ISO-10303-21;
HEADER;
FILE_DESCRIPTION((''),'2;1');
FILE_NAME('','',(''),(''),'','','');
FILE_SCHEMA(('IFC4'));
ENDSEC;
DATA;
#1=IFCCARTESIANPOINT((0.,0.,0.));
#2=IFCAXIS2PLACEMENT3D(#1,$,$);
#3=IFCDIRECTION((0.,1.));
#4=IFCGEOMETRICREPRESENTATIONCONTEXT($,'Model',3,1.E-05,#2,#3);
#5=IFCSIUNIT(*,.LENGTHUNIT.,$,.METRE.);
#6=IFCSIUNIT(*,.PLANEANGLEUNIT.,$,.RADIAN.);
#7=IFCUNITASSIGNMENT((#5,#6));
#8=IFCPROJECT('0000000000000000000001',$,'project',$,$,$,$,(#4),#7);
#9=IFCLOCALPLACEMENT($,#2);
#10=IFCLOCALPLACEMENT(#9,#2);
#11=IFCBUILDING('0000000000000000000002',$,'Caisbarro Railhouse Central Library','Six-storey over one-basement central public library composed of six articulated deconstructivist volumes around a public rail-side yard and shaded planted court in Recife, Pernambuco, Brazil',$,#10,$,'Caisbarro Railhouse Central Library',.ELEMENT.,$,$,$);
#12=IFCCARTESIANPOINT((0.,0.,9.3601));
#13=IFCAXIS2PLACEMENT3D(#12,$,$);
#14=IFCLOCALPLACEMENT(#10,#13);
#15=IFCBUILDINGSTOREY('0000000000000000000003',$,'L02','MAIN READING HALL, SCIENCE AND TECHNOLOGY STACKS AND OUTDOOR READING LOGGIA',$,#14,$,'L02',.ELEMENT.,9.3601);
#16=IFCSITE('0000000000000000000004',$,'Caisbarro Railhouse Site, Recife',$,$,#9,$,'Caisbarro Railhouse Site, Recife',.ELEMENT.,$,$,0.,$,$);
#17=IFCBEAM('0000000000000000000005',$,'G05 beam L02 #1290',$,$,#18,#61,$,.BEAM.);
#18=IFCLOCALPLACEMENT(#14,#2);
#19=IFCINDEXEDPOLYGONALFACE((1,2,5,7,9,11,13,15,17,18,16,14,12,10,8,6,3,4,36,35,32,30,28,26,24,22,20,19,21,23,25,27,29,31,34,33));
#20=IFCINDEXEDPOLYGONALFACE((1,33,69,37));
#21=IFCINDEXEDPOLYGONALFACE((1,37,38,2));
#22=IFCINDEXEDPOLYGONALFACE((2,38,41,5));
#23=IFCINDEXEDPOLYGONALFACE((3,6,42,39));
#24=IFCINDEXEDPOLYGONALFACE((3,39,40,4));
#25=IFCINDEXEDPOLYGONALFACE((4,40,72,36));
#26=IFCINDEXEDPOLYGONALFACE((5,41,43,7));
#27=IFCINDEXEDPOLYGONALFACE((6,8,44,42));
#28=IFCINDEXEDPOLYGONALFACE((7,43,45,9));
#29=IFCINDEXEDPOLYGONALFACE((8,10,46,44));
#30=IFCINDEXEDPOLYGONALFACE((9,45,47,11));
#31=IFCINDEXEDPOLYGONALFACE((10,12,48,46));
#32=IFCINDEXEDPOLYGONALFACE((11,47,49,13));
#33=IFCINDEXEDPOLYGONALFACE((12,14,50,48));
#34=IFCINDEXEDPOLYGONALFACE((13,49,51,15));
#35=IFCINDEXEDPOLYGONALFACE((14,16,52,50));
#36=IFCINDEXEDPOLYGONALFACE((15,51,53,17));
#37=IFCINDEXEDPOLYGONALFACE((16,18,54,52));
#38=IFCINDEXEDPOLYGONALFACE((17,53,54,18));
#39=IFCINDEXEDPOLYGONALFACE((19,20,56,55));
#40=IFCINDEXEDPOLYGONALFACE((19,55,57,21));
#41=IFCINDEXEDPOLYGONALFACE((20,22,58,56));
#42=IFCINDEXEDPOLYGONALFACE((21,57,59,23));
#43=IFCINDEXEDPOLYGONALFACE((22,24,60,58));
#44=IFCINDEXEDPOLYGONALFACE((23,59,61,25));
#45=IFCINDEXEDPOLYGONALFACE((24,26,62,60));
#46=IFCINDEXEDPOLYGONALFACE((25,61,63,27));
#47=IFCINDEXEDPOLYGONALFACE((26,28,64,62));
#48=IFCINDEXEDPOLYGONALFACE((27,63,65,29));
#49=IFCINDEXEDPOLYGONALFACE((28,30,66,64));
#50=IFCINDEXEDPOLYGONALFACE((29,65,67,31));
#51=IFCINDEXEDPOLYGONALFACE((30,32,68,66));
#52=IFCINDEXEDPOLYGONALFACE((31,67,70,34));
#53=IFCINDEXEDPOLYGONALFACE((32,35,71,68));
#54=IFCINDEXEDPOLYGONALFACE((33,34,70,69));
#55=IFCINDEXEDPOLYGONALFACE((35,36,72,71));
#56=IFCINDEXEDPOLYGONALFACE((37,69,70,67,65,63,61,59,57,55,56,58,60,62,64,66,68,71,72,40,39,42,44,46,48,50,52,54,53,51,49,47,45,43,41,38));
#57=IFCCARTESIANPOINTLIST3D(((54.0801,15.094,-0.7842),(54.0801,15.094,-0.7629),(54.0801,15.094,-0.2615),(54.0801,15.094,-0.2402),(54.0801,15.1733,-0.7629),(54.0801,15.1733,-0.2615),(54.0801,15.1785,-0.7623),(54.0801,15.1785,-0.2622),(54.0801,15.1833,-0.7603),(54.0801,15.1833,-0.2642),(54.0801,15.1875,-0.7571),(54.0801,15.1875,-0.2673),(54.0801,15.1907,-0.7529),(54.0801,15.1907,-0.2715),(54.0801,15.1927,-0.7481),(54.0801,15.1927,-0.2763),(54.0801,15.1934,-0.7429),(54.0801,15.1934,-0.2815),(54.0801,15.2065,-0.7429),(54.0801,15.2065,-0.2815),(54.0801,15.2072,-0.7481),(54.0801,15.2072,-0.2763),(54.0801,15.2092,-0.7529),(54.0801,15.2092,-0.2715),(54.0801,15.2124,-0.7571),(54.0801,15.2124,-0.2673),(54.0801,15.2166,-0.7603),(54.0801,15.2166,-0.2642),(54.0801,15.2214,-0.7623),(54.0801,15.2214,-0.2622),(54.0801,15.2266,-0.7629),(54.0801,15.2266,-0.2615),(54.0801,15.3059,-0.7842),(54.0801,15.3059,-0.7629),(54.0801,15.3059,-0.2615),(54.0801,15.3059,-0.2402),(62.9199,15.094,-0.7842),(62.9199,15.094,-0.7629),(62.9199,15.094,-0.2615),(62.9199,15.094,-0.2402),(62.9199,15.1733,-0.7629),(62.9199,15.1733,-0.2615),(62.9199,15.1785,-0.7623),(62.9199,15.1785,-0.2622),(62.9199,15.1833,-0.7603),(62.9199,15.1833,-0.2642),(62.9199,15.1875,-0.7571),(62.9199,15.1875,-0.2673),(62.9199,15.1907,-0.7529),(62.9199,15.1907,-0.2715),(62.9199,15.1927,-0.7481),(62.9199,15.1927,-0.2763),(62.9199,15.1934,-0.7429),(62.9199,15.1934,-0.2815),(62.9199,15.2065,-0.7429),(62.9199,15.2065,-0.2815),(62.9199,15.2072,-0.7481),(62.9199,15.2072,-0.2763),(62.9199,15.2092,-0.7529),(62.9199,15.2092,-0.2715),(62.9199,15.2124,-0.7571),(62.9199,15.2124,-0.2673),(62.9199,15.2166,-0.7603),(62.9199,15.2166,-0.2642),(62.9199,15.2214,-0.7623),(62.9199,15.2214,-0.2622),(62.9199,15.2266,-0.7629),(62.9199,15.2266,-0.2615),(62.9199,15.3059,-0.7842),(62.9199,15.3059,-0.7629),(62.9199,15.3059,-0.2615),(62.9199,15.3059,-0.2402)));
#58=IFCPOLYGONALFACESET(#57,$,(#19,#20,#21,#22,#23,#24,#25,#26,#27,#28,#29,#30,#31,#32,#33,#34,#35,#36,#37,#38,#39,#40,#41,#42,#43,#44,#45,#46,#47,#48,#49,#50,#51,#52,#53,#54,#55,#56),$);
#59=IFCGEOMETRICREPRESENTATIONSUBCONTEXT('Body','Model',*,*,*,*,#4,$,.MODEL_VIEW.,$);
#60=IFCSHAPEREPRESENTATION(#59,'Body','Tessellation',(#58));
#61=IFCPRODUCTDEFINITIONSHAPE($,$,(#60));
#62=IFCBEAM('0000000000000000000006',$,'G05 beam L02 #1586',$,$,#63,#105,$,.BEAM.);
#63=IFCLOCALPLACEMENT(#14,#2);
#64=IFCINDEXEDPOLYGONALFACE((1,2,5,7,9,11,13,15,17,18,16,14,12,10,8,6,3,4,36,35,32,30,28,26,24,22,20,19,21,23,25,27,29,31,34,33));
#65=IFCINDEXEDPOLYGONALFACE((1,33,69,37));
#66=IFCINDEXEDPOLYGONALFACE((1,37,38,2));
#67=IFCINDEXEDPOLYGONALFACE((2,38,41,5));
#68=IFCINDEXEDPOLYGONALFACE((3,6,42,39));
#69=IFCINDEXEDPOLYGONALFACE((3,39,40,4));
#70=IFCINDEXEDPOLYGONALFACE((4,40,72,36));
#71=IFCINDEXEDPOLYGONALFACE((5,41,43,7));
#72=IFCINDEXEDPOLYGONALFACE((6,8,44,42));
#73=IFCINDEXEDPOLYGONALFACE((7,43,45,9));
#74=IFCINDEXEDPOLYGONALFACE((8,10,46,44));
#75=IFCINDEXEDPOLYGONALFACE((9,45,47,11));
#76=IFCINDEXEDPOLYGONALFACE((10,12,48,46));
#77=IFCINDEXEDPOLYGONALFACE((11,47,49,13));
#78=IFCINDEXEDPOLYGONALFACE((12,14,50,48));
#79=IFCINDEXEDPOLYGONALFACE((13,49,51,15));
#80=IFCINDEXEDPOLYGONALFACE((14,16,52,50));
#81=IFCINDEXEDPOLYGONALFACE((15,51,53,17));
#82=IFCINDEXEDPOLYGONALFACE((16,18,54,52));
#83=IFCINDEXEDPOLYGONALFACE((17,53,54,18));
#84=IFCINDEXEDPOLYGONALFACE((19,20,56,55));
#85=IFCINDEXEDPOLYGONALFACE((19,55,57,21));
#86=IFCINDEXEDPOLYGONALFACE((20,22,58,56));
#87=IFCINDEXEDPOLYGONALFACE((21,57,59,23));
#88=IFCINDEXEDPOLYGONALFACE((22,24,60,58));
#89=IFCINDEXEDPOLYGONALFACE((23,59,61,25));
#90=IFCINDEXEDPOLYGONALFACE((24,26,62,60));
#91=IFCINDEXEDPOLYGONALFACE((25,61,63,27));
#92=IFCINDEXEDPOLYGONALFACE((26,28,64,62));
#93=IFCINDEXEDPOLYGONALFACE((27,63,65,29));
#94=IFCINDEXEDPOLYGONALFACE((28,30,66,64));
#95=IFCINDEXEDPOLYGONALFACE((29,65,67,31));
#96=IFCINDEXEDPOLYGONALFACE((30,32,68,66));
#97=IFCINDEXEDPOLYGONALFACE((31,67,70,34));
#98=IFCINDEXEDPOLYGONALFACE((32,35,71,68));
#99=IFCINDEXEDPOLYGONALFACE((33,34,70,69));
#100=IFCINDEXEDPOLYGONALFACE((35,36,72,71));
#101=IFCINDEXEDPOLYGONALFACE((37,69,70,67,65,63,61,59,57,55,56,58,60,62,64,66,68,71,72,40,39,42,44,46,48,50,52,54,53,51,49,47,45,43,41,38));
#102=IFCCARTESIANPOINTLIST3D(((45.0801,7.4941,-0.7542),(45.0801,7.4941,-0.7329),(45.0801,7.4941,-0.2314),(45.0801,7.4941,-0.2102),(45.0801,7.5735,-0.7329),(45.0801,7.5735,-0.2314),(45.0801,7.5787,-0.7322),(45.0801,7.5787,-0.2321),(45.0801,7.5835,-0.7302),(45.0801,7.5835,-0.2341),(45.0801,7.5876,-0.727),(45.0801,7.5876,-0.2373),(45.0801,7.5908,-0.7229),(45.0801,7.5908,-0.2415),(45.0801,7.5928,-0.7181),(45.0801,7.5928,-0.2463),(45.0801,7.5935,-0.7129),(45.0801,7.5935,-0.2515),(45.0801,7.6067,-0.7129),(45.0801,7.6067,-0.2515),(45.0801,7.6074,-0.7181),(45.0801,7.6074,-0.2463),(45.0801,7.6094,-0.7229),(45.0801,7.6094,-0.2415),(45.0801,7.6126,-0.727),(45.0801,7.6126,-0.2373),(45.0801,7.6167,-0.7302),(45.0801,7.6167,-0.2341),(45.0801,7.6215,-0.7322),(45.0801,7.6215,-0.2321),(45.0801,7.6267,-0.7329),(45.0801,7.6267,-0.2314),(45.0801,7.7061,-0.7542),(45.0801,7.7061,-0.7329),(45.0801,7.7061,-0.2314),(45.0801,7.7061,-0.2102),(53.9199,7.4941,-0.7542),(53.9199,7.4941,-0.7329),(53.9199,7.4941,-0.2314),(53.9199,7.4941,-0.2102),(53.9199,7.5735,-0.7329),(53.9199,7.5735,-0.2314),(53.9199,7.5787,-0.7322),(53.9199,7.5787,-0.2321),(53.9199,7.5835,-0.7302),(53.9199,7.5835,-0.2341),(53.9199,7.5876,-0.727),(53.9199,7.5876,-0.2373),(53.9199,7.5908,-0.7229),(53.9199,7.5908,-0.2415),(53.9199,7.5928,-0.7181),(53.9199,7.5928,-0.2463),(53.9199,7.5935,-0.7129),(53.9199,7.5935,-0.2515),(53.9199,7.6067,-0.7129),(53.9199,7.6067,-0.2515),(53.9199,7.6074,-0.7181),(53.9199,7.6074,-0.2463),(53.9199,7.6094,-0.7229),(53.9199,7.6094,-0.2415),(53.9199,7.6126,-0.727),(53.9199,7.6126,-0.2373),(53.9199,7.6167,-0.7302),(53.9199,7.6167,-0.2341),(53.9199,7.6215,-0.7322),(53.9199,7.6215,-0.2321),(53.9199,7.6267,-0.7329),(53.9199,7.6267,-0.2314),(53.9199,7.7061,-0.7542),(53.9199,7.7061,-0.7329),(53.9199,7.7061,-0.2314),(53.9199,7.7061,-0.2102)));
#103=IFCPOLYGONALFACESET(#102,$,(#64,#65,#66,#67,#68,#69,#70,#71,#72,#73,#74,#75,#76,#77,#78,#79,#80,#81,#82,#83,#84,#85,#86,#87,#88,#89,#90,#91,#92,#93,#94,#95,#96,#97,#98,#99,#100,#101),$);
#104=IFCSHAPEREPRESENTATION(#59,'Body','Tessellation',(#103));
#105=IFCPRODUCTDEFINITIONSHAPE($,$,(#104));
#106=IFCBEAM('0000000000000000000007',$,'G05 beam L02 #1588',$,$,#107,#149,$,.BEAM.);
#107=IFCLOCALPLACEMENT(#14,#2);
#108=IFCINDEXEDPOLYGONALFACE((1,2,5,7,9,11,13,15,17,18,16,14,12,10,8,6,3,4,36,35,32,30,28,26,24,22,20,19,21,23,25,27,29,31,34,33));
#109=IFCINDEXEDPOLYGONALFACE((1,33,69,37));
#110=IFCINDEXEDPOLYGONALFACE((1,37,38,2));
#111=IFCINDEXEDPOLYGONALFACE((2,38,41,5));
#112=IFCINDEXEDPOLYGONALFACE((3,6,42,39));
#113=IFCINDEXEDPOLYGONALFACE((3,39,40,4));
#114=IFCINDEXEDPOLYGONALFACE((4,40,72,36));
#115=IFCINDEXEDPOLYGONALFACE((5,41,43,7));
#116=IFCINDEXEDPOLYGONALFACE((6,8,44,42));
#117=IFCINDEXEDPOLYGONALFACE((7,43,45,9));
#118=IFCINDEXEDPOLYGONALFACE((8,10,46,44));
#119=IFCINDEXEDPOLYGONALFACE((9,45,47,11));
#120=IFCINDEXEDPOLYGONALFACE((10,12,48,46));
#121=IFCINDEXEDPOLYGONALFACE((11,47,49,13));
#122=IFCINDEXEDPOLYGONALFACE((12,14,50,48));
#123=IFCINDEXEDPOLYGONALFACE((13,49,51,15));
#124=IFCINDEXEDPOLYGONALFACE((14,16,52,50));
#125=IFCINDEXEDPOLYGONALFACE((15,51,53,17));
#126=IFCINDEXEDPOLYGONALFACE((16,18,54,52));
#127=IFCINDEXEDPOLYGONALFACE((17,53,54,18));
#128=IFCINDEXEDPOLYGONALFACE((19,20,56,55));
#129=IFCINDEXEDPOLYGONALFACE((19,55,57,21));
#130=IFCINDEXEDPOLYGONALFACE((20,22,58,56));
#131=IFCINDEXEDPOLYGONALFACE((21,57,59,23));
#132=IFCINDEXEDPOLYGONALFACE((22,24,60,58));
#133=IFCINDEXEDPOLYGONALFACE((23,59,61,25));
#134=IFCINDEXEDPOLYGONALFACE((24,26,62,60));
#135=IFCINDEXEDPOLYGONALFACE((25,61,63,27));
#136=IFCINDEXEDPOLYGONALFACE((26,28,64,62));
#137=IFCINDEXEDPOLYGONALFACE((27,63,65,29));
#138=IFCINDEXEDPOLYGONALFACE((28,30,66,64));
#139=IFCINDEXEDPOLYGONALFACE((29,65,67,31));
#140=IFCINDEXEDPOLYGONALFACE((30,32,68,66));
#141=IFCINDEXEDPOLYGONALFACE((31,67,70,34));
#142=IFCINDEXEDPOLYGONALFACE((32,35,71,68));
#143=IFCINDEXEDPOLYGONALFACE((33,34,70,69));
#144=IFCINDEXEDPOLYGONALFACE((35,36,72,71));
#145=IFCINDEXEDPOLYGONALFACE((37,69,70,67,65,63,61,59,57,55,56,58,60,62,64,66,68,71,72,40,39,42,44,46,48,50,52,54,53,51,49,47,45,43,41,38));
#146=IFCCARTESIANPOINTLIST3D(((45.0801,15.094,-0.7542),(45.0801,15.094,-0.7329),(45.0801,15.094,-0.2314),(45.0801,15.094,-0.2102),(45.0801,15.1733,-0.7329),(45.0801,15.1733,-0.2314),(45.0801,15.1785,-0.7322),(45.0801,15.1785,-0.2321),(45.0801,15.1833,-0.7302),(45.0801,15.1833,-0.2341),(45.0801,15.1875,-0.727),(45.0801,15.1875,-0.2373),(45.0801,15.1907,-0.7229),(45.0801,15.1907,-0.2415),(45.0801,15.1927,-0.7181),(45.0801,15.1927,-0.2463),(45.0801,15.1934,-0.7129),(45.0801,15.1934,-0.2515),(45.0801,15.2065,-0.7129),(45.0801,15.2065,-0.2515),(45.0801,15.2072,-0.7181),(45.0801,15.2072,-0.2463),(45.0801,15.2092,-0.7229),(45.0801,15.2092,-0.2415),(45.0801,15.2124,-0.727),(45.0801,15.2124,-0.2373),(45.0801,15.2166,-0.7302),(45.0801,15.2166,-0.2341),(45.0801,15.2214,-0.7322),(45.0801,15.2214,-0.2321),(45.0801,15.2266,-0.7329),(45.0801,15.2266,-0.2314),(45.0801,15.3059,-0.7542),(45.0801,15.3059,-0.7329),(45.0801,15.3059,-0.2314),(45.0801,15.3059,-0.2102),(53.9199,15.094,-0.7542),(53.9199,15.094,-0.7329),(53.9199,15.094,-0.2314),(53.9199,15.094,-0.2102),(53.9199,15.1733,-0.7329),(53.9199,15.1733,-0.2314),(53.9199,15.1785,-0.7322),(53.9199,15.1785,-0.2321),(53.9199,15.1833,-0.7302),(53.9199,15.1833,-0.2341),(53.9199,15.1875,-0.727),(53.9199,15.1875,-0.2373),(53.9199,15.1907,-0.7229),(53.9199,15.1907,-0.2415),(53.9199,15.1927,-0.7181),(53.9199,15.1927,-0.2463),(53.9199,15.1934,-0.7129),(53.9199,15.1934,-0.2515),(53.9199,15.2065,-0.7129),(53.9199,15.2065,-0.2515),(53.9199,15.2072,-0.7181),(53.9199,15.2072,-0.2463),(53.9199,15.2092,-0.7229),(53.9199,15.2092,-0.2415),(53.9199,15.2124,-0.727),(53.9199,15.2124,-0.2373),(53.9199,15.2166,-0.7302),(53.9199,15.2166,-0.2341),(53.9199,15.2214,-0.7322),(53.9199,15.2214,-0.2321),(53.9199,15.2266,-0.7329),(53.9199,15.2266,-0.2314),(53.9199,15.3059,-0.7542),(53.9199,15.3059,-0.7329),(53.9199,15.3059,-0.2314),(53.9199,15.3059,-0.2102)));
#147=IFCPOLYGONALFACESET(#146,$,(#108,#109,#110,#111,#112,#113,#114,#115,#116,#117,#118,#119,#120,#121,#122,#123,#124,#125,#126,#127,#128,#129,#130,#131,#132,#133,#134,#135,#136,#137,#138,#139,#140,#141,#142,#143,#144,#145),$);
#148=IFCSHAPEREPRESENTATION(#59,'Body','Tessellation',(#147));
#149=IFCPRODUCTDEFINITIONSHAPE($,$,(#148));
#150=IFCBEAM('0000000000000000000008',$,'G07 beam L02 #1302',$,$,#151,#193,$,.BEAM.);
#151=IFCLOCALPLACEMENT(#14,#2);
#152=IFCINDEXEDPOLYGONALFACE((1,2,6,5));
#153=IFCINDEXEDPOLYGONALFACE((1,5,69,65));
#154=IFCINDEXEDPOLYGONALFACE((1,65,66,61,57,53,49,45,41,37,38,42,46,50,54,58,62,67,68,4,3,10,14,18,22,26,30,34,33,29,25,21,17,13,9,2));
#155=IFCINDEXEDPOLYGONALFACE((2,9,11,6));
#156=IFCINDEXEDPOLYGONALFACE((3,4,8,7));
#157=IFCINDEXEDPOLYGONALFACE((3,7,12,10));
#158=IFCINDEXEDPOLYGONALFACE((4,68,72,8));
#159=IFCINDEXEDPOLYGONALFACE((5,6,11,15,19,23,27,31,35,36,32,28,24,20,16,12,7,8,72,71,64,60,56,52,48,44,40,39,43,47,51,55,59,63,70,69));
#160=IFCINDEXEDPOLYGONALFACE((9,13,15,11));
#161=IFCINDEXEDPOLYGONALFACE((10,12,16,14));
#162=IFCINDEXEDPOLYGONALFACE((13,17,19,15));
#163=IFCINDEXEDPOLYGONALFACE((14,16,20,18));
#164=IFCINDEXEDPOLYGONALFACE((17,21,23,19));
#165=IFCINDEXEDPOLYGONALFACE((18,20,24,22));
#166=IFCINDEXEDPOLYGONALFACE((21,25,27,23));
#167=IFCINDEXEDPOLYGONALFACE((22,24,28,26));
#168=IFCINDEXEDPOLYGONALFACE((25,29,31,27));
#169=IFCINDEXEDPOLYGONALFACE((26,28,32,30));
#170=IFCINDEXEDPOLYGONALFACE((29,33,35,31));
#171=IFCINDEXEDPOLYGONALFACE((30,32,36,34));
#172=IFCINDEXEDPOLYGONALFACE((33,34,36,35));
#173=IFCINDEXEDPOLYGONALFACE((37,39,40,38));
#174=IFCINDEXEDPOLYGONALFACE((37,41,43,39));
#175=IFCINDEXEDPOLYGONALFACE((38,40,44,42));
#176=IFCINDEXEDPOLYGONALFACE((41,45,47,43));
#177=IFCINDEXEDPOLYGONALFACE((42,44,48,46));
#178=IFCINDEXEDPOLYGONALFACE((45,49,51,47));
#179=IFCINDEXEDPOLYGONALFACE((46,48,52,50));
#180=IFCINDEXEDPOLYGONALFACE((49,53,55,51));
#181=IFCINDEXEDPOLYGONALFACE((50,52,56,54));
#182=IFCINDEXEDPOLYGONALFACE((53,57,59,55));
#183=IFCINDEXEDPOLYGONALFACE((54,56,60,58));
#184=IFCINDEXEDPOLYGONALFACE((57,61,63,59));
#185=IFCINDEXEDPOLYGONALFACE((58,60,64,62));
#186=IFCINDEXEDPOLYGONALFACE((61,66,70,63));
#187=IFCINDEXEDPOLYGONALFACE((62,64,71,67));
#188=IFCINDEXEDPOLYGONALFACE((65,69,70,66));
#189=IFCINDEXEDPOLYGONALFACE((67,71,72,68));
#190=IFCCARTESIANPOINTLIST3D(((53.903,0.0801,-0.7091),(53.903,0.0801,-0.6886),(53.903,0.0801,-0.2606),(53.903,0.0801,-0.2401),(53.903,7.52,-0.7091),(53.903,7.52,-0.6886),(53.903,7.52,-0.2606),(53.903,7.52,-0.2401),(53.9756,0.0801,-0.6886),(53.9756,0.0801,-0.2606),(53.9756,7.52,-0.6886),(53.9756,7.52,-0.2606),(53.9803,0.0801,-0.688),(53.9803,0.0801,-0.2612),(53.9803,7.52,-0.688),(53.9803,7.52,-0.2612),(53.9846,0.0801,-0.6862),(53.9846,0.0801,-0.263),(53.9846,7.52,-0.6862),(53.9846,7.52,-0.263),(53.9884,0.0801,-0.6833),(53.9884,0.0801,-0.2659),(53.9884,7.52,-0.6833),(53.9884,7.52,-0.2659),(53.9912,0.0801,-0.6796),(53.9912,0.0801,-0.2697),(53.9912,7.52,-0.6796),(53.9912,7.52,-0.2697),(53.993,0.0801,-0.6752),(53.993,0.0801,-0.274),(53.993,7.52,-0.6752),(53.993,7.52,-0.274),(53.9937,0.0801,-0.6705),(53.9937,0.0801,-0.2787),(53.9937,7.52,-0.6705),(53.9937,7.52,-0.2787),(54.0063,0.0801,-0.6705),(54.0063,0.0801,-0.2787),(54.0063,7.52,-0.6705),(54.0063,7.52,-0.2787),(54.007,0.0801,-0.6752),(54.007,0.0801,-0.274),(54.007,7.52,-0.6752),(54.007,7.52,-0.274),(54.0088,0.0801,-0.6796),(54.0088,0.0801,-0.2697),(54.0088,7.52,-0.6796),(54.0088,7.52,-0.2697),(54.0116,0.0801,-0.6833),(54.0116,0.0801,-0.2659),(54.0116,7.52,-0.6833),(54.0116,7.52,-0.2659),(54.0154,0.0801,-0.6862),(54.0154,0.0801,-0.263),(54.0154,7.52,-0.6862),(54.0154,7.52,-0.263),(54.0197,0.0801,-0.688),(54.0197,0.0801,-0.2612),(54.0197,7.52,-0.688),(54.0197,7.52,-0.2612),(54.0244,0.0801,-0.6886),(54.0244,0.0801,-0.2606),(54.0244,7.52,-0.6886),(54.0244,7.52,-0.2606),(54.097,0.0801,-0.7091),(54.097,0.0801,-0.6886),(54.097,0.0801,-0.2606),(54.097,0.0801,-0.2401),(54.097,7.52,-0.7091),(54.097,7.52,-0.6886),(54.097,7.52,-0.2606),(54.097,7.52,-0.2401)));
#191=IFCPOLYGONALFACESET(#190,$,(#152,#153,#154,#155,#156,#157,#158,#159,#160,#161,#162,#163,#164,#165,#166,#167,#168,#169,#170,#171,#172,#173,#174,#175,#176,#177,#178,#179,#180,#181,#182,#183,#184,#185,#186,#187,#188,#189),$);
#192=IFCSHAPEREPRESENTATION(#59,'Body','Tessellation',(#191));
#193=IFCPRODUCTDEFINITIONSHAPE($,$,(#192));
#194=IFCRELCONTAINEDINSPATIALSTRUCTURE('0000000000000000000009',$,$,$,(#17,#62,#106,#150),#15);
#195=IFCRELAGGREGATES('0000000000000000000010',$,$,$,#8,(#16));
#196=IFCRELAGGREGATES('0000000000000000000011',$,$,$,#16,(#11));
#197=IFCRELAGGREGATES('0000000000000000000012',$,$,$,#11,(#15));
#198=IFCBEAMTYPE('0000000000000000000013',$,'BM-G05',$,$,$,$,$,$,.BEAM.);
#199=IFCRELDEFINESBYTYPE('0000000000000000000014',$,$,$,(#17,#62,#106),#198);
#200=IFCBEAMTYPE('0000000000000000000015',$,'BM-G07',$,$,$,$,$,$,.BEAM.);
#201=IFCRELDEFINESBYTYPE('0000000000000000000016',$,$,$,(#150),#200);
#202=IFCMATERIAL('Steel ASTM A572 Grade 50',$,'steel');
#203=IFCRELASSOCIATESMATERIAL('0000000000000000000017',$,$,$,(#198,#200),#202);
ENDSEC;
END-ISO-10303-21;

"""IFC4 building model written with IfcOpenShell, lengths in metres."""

from ifc_helpers import new_model, si_unit, direction, frame, origin, origin_2d, place, context, subcontext, project, spatial, i_section, extrude, material, material_profile, profile_set, type_object, element, save


model = new_model("IFC4")

# Units and contexts
model_context = context("Model", 3, precision=1e-05, world=origin(), true_north=direction((0.0, 1.0)))
body_context = subcontext(model_context, "Body", "Model", "MODEL_VIEW")
ifc_project = project(units=[si_unit("LENGTHUNIT", "METRE"), si_unit("PLANEANGLEUNIT", "RADIAN")], contexts=[model_context])

# Site, building, storey
site_placement = place(None, origin())
site = spatial("IfcSite", under=ifc_project, at=site_placement, Name="Caisbarro Railhouse Site, Recife", LongName="Caisbarro Railhouse Site, Recife", CompositionType="ELEMENT", RefElevation=0.0)
building_placement = place(site_placement, origin())
building = spatial("IfcBuilding", under=site, at=building_placement, Name="Caisbarro Railhouse Central Library", Description="Six-storey over one-basement central public library composed of six articulated deconstructivist volumes around a public rail-side yard and shaded planted court in Recife, Pernambuco, Brazil", LongName="Caisbarro Railhouse Central Library", CompositionType="ELEMENT")
storey_placement = place(building_placement, frame((0.0, 0.0, 9.3601)))
storey = spatial("IfcBuildingStorey", under=building, at=storey_placement, Name="L02", Description="MAIN READING HALL, SCIENCE AND TECHNOLOGY STACKS AND OUTDOOR READING LOGGIA", LongName="L02", CompositionType="ELEMENT", Elevation=9.3601)

# Shared definitions
ifc_material_1 = material(Name="Steel ASTM A572 Grade 50", Category="steel")

# Beams
ifc_material_profile_1 = material_profile(ifc_material_1, i_section(OverallWidth=0.2119, OverallDepth=0.5439, WebThickness=0.0132, FlangeThickness=0.0212, FilletRadius=0.02, at=origin_2d()), Name="W530X123.0")
ifc_profile_set_1 = profile_set([ifc_material_profile_1], Name="Steel ASTM A572 Grade 50")
beam_type_1 = type_object("IfcBeamType", Name="BM-G05", PredefinedType="BEAM", material=ifc_profile_set_1)
for number, where, z_axis, x_axis, name in (
    (1, (54.0801, 15.2, -0.5122), (1.0, 0.0, 0.0), (0.0, 1.0, 0.0), "G05 beam L02 #1290"),
    (2, (45.0801, 7.6001, -0.4822), (1.0, 0.0, 0.0), (0.0, 1.0, 0.0), "G05 beam L02 #1586"),
    (3, (45.0801, 15.2, -0.4822), (1.0, 0.0, 0.0), (0.0, 1.0, 0.0), "G05 beam L02 #1588"),
):
    element("IfcBeam", number, at=place(storey_placement, frame(where, z_axis=z_axis, x_axis=x_axis)), inside=storey, type_object=beam_type_1, Name=name, PredefinedType="BEAM", context=body_context, shape_type="SweptSolid", body=[
        extrude(i_section(OverallWidth=0.2119, OverallDepth=0.5439, WebThickness=0.0132, FlangeThickness=0.0212, FilletRadius=0.02, at=origin_2d()), origin(), (0.0, 0.0, 1.0), 8.8398),
    ])
ifc_material_profile_2 = material_profile(ifc_material_1, i_section(OverallWidth=0.1941, OverallDepth=0.469, WebThickness=0.0127, FlangeThickness=0.0205, FilletRadius=0.0181, at=origin_2d()), Name="W460X106.0")
ifc_profile_set_2 = profile_set([ifc_material_profile_2], Name="Steel ASTM A572 Grade 50")
beam_type_2 = type_object("IfcBeamType", Name="BM-G07", PredefinedType="BEAM", material=ifc_profile_set_2)
beam_1_placement = place(storey_placement, frame((54.0, 0.0801, -0.4746), z_axis=(0.0, 1.0, 0.0), x_axis=(-1.0, 0.0, 0.0)))
element("IfcBeam", 4, at=beam_1_placement, inside=storey, type_object=beam_type_2, Name="G07 beam L02 #1302", PredefinedType="BEAM", context=body_context, shape_type="SweptSolid", body=[
    extrude(i_section(OverallWidth=0.1941, OverallDepth=0.469, WebThickness=0.0127, FlangeThickness=0.0205, FilletRadius=0.0181, at=origin_2d()), origin(), (0.0, 0.0, 1.0), 7.4399),
])

save(model, "model.ifc")
